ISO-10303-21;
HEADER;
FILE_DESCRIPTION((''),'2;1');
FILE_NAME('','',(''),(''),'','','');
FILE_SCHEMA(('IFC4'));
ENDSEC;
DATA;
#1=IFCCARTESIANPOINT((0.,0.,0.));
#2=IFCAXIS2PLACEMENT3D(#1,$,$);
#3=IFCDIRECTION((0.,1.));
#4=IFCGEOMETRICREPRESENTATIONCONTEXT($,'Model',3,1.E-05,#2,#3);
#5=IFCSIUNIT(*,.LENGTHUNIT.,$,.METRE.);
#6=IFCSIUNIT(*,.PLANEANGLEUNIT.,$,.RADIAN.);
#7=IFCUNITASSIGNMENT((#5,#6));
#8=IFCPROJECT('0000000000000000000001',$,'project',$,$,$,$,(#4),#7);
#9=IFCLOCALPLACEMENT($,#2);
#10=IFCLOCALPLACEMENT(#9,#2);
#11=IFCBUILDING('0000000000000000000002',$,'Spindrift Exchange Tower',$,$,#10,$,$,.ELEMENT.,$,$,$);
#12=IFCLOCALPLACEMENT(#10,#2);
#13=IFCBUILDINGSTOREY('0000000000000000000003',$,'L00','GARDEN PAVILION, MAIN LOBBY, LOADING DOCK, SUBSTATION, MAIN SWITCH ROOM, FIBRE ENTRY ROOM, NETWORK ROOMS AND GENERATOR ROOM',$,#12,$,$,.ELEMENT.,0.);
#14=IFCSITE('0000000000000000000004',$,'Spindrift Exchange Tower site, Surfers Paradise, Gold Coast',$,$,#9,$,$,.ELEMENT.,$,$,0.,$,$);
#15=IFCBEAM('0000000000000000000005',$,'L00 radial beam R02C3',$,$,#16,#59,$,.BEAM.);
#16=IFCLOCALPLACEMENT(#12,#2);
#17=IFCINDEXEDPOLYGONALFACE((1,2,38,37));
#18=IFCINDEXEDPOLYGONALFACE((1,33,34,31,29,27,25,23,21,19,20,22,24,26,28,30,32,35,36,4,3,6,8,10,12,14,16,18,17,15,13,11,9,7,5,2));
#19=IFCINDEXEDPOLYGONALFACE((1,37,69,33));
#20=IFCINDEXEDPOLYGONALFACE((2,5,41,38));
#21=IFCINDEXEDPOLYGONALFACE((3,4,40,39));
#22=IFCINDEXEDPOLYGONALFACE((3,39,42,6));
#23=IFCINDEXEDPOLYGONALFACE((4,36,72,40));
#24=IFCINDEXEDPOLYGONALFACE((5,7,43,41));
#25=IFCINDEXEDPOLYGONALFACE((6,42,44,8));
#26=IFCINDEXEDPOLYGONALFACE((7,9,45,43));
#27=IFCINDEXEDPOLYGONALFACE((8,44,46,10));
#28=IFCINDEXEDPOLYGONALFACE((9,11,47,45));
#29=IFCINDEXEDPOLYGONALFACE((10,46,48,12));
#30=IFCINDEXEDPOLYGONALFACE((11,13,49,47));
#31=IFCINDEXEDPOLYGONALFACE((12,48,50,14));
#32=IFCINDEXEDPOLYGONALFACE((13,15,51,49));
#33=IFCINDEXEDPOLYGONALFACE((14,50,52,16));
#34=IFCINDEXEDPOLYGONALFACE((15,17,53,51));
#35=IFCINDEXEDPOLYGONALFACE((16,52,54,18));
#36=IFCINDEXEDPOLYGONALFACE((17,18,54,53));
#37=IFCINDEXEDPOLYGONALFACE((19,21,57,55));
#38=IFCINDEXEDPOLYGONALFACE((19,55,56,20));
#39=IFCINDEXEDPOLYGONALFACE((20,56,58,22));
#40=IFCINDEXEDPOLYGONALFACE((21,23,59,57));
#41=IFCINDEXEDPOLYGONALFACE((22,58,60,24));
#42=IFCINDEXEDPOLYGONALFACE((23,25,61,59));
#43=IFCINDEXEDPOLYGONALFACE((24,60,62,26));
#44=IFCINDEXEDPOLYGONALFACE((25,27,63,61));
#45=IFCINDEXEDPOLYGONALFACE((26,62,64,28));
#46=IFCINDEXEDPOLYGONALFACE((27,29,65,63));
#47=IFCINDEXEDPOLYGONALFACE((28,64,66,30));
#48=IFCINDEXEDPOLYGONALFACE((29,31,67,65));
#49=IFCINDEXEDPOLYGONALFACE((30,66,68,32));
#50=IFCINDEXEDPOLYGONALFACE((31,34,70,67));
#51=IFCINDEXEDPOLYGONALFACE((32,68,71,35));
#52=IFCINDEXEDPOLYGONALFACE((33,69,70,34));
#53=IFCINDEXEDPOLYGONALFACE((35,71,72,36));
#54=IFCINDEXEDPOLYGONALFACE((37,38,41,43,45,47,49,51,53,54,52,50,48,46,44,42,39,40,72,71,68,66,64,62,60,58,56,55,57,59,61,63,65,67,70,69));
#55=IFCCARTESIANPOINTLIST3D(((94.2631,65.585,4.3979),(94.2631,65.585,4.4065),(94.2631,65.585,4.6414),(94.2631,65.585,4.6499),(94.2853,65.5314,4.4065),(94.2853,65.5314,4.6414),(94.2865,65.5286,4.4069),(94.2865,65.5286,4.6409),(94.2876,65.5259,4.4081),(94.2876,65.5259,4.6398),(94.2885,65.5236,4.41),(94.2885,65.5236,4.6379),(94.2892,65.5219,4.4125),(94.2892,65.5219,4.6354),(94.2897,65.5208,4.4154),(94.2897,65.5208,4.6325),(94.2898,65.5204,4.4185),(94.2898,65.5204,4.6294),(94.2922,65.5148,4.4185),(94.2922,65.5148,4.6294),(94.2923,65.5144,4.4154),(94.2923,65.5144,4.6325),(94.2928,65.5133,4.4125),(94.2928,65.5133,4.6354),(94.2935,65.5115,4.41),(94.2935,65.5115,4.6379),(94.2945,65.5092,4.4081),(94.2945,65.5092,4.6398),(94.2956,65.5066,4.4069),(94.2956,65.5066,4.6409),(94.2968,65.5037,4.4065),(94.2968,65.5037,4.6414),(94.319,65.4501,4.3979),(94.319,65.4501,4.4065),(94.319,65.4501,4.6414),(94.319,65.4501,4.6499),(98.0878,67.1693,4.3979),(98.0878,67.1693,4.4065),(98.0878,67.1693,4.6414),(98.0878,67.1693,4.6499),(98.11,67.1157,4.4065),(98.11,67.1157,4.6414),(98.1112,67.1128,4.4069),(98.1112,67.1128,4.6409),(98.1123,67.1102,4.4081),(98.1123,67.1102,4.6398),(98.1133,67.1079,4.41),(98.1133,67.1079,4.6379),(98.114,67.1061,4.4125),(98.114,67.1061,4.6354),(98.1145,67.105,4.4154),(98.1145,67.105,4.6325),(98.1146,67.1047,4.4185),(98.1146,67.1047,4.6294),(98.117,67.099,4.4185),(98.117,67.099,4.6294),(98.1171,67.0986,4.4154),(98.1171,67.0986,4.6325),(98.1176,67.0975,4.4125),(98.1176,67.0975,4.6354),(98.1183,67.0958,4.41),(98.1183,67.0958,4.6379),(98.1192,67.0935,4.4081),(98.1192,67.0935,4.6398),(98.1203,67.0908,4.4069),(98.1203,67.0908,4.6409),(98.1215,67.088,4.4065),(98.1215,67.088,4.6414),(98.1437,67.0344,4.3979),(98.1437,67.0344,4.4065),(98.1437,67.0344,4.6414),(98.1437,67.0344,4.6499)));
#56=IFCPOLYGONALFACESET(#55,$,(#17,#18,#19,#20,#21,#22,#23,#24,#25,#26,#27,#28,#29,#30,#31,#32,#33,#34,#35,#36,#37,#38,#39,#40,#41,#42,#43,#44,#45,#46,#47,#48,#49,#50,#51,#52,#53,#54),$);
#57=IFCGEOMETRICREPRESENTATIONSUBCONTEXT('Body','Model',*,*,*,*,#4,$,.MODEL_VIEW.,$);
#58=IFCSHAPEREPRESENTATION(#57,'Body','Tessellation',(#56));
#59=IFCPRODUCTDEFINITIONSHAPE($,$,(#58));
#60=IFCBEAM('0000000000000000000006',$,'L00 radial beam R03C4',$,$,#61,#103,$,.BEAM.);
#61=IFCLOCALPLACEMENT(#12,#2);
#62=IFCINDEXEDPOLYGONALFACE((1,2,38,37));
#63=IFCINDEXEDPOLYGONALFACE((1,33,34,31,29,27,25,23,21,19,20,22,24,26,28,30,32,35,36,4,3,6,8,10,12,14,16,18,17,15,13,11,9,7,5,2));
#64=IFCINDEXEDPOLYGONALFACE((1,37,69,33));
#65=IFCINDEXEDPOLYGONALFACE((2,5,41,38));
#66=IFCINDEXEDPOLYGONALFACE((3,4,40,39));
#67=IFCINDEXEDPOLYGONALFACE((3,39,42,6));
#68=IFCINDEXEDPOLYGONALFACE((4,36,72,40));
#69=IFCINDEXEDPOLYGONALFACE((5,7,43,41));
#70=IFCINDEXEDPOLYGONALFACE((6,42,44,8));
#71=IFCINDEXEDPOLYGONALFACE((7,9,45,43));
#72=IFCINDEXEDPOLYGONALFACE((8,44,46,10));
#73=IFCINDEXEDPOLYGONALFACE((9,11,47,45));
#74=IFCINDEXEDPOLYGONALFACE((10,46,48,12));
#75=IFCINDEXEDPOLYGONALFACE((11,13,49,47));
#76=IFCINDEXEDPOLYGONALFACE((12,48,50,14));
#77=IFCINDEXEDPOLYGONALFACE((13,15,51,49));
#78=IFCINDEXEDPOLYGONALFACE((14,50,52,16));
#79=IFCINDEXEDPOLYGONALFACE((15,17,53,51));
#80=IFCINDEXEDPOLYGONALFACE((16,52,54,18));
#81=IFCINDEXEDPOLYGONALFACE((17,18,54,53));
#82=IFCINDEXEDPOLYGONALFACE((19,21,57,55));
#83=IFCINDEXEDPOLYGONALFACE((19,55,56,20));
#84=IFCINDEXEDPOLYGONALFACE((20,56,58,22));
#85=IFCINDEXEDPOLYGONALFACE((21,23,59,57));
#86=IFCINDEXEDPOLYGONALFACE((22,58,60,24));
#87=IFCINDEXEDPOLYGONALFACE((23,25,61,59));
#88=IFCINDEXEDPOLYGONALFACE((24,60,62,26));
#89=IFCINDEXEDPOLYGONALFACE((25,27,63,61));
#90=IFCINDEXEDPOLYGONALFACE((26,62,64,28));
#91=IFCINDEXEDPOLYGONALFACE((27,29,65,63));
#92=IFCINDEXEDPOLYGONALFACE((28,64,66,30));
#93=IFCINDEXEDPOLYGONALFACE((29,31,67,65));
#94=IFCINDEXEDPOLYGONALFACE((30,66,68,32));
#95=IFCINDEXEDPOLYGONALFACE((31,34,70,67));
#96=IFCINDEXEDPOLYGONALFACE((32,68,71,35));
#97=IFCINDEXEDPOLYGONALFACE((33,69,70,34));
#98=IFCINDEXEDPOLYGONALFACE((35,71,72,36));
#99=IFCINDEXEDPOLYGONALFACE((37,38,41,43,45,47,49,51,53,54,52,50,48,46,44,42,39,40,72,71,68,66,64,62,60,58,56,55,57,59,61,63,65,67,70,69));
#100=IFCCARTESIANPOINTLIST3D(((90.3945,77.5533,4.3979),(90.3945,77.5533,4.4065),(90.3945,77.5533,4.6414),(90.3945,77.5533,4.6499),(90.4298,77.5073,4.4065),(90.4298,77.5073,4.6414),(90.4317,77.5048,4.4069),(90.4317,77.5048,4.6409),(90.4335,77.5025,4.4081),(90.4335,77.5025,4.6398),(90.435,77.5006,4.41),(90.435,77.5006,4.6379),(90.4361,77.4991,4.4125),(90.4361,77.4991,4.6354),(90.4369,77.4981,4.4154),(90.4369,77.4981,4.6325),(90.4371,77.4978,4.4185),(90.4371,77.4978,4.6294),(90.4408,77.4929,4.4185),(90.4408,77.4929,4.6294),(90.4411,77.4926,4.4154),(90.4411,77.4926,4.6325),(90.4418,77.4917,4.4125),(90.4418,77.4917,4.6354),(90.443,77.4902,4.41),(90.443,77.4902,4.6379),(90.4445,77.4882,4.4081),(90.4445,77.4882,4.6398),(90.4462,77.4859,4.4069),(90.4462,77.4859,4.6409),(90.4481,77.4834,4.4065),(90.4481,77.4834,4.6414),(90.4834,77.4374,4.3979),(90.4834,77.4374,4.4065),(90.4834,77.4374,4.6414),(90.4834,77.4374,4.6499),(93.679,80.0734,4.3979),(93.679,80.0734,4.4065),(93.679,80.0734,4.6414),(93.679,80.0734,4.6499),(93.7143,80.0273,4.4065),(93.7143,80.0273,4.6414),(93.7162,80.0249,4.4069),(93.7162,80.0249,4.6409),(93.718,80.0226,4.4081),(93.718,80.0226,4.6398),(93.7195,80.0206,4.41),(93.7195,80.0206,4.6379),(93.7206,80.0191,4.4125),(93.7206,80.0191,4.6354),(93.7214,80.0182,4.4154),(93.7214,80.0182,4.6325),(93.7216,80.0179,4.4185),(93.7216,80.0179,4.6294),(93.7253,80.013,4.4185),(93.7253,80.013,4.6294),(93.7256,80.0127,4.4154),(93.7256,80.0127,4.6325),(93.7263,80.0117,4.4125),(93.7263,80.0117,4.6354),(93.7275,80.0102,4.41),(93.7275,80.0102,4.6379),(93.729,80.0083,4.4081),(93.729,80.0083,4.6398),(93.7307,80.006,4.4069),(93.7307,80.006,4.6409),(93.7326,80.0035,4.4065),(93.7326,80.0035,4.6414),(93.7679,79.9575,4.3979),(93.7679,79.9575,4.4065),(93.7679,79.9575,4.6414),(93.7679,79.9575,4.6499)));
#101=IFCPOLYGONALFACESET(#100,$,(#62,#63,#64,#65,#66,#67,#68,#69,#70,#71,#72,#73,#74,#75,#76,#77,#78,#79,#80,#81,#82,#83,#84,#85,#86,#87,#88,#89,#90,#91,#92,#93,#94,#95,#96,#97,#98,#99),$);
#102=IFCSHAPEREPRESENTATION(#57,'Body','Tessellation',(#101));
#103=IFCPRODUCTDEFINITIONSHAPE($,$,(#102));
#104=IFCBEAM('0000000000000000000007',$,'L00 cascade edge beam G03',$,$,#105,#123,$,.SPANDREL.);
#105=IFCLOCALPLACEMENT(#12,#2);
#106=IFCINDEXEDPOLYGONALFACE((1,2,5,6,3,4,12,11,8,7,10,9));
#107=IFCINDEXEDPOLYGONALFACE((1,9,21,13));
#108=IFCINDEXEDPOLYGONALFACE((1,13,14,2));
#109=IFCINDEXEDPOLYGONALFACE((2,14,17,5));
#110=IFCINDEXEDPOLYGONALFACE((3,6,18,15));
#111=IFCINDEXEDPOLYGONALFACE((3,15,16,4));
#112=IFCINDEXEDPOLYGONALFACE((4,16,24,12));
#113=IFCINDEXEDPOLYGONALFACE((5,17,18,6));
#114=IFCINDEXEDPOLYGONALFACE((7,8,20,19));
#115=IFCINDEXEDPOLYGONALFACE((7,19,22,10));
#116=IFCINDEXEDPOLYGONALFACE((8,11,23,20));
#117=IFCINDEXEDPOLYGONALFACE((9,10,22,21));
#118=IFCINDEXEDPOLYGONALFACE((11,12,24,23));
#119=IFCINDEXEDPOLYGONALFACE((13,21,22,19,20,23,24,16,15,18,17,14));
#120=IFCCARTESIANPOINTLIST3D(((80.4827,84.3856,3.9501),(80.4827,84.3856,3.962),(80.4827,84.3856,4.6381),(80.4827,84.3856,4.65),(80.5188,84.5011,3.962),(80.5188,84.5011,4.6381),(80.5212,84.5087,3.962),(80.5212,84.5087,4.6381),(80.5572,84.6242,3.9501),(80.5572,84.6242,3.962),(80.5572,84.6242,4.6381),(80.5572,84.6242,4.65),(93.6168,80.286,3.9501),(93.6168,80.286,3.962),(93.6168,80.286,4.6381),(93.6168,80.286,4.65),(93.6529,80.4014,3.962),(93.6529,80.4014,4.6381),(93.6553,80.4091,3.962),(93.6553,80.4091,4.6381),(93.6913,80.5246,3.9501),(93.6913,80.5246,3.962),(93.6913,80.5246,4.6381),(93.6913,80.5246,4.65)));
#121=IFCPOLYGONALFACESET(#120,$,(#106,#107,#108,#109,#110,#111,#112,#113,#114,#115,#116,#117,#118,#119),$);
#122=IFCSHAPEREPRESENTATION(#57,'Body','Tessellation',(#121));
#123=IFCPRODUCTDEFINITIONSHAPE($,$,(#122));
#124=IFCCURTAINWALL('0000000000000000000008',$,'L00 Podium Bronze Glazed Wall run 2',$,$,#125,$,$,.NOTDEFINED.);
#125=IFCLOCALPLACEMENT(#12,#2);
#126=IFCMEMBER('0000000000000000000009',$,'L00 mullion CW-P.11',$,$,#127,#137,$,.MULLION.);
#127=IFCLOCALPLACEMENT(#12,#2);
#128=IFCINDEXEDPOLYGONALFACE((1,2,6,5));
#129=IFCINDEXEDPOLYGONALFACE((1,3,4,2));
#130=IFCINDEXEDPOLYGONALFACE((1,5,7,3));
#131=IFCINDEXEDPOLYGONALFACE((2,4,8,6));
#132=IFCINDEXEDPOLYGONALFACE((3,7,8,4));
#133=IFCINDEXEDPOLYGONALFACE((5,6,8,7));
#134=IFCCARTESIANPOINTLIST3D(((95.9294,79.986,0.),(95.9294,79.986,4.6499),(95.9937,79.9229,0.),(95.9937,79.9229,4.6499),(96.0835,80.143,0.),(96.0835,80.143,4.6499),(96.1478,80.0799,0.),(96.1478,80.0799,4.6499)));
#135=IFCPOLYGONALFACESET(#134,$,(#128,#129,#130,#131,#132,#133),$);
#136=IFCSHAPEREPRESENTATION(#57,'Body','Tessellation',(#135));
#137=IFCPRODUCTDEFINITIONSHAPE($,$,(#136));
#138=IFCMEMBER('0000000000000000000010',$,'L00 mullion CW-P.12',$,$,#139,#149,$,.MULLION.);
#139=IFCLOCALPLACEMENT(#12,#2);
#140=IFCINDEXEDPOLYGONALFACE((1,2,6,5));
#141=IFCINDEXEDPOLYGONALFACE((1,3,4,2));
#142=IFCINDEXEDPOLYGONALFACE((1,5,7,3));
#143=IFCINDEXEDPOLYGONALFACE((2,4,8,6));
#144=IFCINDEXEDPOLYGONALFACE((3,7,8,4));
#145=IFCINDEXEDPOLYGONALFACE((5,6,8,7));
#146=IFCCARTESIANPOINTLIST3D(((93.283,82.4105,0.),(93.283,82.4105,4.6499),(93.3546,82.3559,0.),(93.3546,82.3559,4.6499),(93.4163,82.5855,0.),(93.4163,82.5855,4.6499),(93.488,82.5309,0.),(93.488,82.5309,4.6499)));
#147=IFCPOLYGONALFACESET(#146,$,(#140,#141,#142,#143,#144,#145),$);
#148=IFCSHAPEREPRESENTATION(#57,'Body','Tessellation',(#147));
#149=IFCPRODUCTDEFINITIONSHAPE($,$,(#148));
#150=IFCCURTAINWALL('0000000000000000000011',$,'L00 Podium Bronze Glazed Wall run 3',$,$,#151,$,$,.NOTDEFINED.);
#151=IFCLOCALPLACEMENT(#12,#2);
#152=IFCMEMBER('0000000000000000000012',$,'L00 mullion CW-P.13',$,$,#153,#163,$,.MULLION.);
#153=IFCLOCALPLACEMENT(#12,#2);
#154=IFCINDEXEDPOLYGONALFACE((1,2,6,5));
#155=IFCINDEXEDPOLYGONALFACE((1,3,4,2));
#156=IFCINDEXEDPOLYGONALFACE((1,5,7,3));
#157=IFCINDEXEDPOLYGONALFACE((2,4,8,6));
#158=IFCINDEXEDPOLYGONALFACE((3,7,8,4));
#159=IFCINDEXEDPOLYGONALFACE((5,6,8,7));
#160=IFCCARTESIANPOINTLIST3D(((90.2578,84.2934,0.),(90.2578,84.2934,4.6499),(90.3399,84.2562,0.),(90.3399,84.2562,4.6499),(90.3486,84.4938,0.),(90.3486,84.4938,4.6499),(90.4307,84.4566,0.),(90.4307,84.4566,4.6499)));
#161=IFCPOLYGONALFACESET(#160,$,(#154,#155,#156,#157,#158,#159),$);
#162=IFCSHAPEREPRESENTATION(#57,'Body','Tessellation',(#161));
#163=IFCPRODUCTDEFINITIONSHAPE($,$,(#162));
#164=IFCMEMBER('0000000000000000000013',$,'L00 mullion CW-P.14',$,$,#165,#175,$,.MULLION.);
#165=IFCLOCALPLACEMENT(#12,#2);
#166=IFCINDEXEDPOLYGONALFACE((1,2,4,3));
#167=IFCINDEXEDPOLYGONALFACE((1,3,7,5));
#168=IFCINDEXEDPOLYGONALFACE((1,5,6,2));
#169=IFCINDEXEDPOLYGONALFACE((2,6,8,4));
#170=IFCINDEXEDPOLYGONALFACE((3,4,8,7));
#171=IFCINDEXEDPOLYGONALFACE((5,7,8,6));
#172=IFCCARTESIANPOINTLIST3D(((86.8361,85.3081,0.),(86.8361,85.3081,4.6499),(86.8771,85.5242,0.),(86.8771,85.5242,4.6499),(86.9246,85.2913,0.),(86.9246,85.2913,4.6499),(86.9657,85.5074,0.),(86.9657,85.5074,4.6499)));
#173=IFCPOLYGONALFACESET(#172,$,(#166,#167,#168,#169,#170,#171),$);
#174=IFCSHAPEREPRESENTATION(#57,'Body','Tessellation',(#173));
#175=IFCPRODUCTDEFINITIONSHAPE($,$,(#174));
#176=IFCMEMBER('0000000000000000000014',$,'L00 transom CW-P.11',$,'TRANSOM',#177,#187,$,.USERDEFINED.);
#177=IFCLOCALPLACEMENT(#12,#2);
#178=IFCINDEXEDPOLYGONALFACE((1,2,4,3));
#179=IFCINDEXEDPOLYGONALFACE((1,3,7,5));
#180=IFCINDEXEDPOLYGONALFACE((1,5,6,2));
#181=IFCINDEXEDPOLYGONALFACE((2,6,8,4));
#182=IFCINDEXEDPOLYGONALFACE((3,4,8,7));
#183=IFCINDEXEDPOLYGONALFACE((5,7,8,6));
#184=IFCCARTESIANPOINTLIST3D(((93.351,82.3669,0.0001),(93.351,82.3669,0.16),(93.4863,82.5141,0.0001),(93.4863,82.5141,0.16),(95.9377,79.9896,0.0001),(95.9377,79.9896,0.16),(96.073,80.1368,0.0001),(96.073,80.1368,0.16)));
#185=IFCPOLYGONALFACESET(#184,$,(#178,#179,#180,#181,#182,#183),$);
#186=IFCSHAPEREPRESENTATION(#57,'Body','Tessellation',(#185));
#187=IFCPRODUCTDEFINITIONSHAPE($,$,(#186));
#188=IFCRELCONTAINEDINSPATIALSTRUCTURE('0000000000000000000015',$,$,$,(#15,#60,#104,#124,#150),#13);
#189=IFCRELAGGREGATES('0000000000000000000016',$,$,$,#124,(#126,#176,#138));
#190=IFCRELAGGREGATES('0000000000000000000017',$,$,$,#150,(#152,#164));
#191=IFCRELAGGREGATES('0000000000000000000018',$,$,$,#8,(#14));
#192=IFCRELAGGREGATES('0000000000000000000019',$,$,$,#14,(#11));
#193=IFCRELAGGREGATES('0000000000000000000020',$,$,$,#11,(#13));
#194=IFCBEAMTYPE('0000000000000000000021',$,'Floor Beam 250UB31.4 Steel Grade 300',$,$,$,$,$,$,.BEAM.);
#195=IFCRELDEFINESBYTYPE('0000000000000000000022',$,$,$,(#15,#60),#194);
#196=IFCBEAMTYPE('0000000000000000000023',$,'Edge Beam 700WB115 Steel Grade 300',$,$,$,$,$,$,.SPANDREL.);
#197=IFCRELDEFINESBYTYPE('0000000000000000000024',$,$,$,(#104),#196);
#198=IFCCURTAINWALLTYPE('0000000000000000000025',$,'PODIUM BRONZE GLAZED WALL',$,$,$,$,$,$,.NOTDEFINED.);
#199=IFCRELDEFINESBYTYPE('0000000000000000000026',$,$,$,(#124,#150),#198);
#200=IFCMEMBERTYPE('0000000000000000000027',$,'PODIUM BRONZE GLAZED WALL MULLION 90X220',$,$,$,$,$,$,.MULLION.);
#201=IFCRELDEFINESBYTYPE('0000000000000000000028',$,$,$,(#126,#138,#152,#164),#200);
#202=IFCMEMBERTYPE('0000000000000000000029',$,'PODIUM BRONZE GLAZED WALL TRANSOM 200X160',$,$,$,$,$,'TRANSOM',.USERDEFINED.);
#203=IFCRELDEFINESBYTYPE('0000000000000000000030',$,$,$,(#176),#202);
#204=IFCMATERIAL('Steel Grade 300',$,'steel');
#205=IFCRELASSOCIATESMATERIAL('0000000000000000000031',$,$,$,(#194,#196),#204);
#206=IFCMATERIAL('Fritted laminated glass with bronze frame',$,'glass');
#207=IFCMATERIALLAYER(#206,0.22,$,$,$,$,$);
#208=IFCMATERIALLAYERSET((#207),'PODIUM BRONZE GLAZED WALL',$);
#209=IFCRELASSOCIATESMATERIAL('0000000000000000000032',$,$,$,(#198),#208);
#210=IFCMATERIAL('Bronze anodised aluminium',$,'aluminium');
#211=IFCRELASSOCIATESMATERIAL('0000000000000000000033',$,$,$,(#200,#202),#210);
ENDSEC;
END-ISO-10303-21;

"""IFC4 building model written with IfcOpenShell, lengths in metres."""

from ifc_helpers import new_model, si_unit, direction, frame, origin, origin_2d, place, context, subcontext, project, spatial, rectangle, i_section, extrude, source, transform, mapped, material, layer, layer_set, material_profile, profile_set, type_object, element, aggregate, save


model = new_model("IFC4")

# Units and contexts
model_context = context("Model", 3, precision=1e-05, world=origin(), true_north=direction((0.0, 1.0)))
body_context = subcontext(model_context, "Body", "Model", "MODEL_VIEW")
ifc_project = project(units=[si_unit("LENGTHUNIT", "METRE"), si_unit("PLANEANGLEUNIT", "RADIAN")], contexts=[model_context])

# Site, building, storey
site_placement = place(None, origin())
site = spatial("IfcSite", under=ifc_project, at=site_placement, Name="Spindrift Exchange Tower site, Surfers Paradise, Gold Coast", CompositionType="ELEMENT", RefElevation=0.0)
building_placement = place(site_placement, origin())
building = spatial("IfcBuilding", under=site, at=building_placement, Name="Spindrift Exchange Tower", CompositionType="ELEMENT")
storey_placement = place(building_placement, origin())
storey = spatial("IfcBuildingStorey", under=building, at=storey_placement, Name="L00", Description="GARDEN PAVILION, MAIN LOBBY, LOADING DOCK, SUBSTATION, MAIN SWITCH ROOM, FIBRE ENTRY ROOM, NETWORK ROOMS AND GENERATOR ROOM", CompositionType="ELEMENT", Elevation=0.0)

# Beams
ifc_material_1 = material(Name="Steel Grade 300", Category="steel")
ifc_material_profile_1 = material_profile(ifc_material_1, i_section(OverallWidth=0.146, OverallDepth=0.252, WebThickness=0.0061, FlangeThickness=0.0085, FilletRadius=0.012, at=origin_2d()), Name="250UB31.4")
ifc_profile_set_1 = profile_set([ifc_material_profile_1], Name="Steel Grade 300")
beam_type_1 = type_object("IfcBeamType", Name="Floor Beam 250UB31.4 Steel Grade 300", PredefinedType="BEAM", material=ifc_profile_set_1)
shared_shape_1 = source(origin(), body_context, "Body", "SweptSolid", [
    extrude(i_section(OverallWidth=0.146, OverallDepth=0.252, WebThickness=0.0061, FlangeThickness=0.0085, FilletRadius=0.012, at=origin_2d()), origin(), (0.0, 0.0, 1.0), 4.1399),
])
for number, where, z_axis, x_axis, name in (
    (1, (94.291, 65.5176, 4.5239), (0.923881, 0.38268, 0.0), (-0.38268, 0.923881, 0.0), "L00 radial beam R02C3"),
    (2, (90.439, 77.4954, 4.5239), (0.793378, 0.60873, 0.0), (-0.60873, 0.793378, 0.0), "L00 radial beam R03C4"),
):
    element("IfcBeam", number, at=place(storey_placement, frame(where, z_axis=z_axis, x_axis=x_axis)), inside=storey, type_object=beam_type_1, Name=name, PredefinedType="BEAM", context=body_context, shape_type="MappedRepresentation", body=[
        mapped(shared_shape_1, transform((0.0, 0.0, 0.0), scale=1.0)),
    ])
ifc_material_profile_2 = material_profile(ifc_material_1, i_section(OverallWidth=0.25, OverallDepth=0.7, WebThickness=0.0081, FlangeThickness=0.012, at=origin_2d()), Name="700WB115")
ifc_profile_set_2 = profile_set([ifc_material_profile_2], Name="Steel Grade 300")
beam_type_2 = type_object("IfcBeamType", Name="Edge Beam 700WB115 Steel Grade 300", PredefinedType="SPANDREL", material=ifc_profile_set_2)
shared_shape_2 = source(origin(), body_context, "Body", "SweptSolid", [
    extrude(i_section(OverallWidth=0.25, OverallDepth=0.7, WebThickness=0.0081, FlangeThickness=0.012, at=origin_2d()), origin(), (0.0, 0.0, 1.0), 13.759),
])
beam_1_placement = place(storey_placement, frame((93.6541, 80.4053, 4.3), z_axis=(-0.954579, 0.297959, 0.0), x_axis=(-0.297959, -0.954579, 0.0)))
element("IfcBeam", 3, at=beam_1_placement, inside=storey, type_object=beam_type_2, Name="L00 cascade edge beam G03", PredefinedType="SPANDREL", context=body_context, shape_type="MappedRepresentation", body=[
    mapped(shared_shape_2, transform((0.0, 0.0, 0.0), scale=1.0)),
])

# Curtain walls, members
ifc_material_2 = material(Name="Fritted laminated glass with bronze frame", Category="glass")
ifc_layer_1 = layer(ifc_material_2, 0.22)
ifc_layer_set_1 = layer_set([ifc_layer_1], Name="PODIUM BRONZE GLAZED WALL")
curtain_wall_type = type_object("IfcCurtainWallType", Name="PODIUM BRONZE GLAZED WALL", PredefinedType="NOTDEFINED", material=ifc_layer_set_1)
curtain_wall_1_placement = place(storey_placement, origin())
curtain_wall_1 = element("IfcCurtainWall", 4, at=curtain_wall_1_placement, inside=storey, type_object=curtain_wall_type, Name="L00 Podium Bronze Glazed Wall run 2", PredefinedType="NOTDEFINED")
ifc_material_3 = material(Name="Bronze anodised aluminium", Category="aluminium")
ifc_material_profile_3 = material_profile(ifc_material_3, rectangle(XDim=0.0901, YDim=0.22, at=origin_2d()), Name="PODIUM BRONZE GLAZED WALL MULLION 90X220")
ifc_profile_set_3 = profile_set([ifc_material_profile_3], Name="Bronze anodised aluminium")
member_type_1 = type_object("IfcMemberType", Name="PODIUM BRONZE GLAZED WALL MULLION 90X220", PredefinedType="MULLION", material=ifc_profile_set_3)
shared_shape_3 = source(origin(), body_context, "Body", "SweptSolid", [
    extrude(rectangle(XDim=0.0901, YDim=0.22, at=origin_2d()), origin(), (0.0, 0.0, 1.0), 4.6499),
])
member_1_placement = place(storey_placement, frame((96.0386, 80.033, 0.0), z_axis=(0.0, 0.0, 1.0), x_axis=(-0.713506, 0.700649, 0.0)))
member_1 = element("IfcMember", 5, at=member_1_placement, type_object=member_type_1, Name="L00 mullion CW-P.11", PredefinedType="MULLION", context=body_context, shape_type="MappedRepresentation", body=[
    mapped(shared_shape_3, transform((0.0, 0.0, 0.0), scale=1.0)),
])
member_2_placement = place(storey_placement, frame((93.3855, 82.4707, 0.0), z_axis=(0.0, 0.0, 1.0), x_axis=(-0.795304, 0.606211, 0.0)))
member_2 = element("IfcMember", 6, at=member_2_placement, type_object=member_type_1, Name="L00 mullion CW-P.12", PredefinedType="MULLION", context=body_context, shape_type="MappedRepresentation", body=[
    mapped(shared_shape_3, transform((0.0, 0.0, 0.0), scale=1.0)),
])
curtain_wall_2_placement = place(storey_placement, origin())
curtain_wall_2 = element("IfcCurtainWall", 7, at=curtain_wall_2_placement, inside=storey, type_object=curtain_wall_type, Name="L00 Podium Bronze Glazed Wall run 3", PredefinedType="NOTDEFINED")
member_3_placement = place(storey_placement, frame((90.3442, 84.375, 0.0), z_axis=(0.0, 0.0, 1.0), x_axis=(-0.910887, 0.412657, 0.0)))
member_3 = element("IfcMember", 8, at=member_3_placement, type_object=member_type_1, Name="L00 mullion CW-P.13", PredefinedType="MULLION", context=body_context, shape_type="MappedRepresentation", body=[
    mapped(shared_shape_3, transform((0.0, 0.0, 0.0), scale=1.0)),
])
member_4_placement = place(storey_placement, frame((86.9009, 85.4077, 0.0), z_axis=(0.0, 0.0, 1.0), x_axis=(-0.982442, 0.186571, 0.0)))
member_4 = element("IfcMember", 9, at=member_4_placement, type_object=member_type_1, Name="L00 mullion CW-P.14", PredefinedType="MULLION", context=body_context, shape_type="MappedRepresentation", body=[
    mapped(shared_shape_3, transform((0.0, 0.0, 0.0), scale=1.0)),
])

# Member
ifc_material_profile_4 = material_profile(ifc_material_3, rectangle(XDim=0.2, YDim=0.1599, at=origin_2d()), Name="PODIUM BRONZE GLAZED WALL TRANSOM 200X160")
ifc_profile_set_4 = profile_set([ifc_material_profile_4], Name="Bronze anodised aluminium")
member_type_2 = type_object("IfcMemberType", Name="PODIUM BRONZE GLAZED WALL TRANSOM 200X160", ElementType="TRANSOM", PredefinedType="USERDEFINED", material=ifc_profile_set_4)
shared_shape_4 = source(origin(), body_context, "Body", "SweptSolid", [
    extrude(rectangle(XDim=0.2, YDim=0.1599, at=origin_2d()), origin(), (0.0, 0.0, 1.0), 3.5132),
])
member_5_placement = place(storey_placement, frame((96.0054, 80.0632, 0.0801), z_axis=(-0.736291, 0.676665, 0.0), x_axis=(-0.676665, -0.736291, 0.0)))
member_5 = element("IfcMember", 10, at=member_5_placement, type_object=member_type_2, Name="L00 transom CW-P.11", ObjectType="TRANSOM", PredefinedType="USERDEFINED", context=body_context, shape_type="MappedRepresentation", body=[
    mapped(shared_shape_4, transform((0.0, 0.0, 0.0), scale=1.0)),
])

aggregate(curtain_wall_1, [member_1, member_5, member_2])
aggregate(curtain_wall_2, [member_3, member_4])

save(model, "model.ifc")
